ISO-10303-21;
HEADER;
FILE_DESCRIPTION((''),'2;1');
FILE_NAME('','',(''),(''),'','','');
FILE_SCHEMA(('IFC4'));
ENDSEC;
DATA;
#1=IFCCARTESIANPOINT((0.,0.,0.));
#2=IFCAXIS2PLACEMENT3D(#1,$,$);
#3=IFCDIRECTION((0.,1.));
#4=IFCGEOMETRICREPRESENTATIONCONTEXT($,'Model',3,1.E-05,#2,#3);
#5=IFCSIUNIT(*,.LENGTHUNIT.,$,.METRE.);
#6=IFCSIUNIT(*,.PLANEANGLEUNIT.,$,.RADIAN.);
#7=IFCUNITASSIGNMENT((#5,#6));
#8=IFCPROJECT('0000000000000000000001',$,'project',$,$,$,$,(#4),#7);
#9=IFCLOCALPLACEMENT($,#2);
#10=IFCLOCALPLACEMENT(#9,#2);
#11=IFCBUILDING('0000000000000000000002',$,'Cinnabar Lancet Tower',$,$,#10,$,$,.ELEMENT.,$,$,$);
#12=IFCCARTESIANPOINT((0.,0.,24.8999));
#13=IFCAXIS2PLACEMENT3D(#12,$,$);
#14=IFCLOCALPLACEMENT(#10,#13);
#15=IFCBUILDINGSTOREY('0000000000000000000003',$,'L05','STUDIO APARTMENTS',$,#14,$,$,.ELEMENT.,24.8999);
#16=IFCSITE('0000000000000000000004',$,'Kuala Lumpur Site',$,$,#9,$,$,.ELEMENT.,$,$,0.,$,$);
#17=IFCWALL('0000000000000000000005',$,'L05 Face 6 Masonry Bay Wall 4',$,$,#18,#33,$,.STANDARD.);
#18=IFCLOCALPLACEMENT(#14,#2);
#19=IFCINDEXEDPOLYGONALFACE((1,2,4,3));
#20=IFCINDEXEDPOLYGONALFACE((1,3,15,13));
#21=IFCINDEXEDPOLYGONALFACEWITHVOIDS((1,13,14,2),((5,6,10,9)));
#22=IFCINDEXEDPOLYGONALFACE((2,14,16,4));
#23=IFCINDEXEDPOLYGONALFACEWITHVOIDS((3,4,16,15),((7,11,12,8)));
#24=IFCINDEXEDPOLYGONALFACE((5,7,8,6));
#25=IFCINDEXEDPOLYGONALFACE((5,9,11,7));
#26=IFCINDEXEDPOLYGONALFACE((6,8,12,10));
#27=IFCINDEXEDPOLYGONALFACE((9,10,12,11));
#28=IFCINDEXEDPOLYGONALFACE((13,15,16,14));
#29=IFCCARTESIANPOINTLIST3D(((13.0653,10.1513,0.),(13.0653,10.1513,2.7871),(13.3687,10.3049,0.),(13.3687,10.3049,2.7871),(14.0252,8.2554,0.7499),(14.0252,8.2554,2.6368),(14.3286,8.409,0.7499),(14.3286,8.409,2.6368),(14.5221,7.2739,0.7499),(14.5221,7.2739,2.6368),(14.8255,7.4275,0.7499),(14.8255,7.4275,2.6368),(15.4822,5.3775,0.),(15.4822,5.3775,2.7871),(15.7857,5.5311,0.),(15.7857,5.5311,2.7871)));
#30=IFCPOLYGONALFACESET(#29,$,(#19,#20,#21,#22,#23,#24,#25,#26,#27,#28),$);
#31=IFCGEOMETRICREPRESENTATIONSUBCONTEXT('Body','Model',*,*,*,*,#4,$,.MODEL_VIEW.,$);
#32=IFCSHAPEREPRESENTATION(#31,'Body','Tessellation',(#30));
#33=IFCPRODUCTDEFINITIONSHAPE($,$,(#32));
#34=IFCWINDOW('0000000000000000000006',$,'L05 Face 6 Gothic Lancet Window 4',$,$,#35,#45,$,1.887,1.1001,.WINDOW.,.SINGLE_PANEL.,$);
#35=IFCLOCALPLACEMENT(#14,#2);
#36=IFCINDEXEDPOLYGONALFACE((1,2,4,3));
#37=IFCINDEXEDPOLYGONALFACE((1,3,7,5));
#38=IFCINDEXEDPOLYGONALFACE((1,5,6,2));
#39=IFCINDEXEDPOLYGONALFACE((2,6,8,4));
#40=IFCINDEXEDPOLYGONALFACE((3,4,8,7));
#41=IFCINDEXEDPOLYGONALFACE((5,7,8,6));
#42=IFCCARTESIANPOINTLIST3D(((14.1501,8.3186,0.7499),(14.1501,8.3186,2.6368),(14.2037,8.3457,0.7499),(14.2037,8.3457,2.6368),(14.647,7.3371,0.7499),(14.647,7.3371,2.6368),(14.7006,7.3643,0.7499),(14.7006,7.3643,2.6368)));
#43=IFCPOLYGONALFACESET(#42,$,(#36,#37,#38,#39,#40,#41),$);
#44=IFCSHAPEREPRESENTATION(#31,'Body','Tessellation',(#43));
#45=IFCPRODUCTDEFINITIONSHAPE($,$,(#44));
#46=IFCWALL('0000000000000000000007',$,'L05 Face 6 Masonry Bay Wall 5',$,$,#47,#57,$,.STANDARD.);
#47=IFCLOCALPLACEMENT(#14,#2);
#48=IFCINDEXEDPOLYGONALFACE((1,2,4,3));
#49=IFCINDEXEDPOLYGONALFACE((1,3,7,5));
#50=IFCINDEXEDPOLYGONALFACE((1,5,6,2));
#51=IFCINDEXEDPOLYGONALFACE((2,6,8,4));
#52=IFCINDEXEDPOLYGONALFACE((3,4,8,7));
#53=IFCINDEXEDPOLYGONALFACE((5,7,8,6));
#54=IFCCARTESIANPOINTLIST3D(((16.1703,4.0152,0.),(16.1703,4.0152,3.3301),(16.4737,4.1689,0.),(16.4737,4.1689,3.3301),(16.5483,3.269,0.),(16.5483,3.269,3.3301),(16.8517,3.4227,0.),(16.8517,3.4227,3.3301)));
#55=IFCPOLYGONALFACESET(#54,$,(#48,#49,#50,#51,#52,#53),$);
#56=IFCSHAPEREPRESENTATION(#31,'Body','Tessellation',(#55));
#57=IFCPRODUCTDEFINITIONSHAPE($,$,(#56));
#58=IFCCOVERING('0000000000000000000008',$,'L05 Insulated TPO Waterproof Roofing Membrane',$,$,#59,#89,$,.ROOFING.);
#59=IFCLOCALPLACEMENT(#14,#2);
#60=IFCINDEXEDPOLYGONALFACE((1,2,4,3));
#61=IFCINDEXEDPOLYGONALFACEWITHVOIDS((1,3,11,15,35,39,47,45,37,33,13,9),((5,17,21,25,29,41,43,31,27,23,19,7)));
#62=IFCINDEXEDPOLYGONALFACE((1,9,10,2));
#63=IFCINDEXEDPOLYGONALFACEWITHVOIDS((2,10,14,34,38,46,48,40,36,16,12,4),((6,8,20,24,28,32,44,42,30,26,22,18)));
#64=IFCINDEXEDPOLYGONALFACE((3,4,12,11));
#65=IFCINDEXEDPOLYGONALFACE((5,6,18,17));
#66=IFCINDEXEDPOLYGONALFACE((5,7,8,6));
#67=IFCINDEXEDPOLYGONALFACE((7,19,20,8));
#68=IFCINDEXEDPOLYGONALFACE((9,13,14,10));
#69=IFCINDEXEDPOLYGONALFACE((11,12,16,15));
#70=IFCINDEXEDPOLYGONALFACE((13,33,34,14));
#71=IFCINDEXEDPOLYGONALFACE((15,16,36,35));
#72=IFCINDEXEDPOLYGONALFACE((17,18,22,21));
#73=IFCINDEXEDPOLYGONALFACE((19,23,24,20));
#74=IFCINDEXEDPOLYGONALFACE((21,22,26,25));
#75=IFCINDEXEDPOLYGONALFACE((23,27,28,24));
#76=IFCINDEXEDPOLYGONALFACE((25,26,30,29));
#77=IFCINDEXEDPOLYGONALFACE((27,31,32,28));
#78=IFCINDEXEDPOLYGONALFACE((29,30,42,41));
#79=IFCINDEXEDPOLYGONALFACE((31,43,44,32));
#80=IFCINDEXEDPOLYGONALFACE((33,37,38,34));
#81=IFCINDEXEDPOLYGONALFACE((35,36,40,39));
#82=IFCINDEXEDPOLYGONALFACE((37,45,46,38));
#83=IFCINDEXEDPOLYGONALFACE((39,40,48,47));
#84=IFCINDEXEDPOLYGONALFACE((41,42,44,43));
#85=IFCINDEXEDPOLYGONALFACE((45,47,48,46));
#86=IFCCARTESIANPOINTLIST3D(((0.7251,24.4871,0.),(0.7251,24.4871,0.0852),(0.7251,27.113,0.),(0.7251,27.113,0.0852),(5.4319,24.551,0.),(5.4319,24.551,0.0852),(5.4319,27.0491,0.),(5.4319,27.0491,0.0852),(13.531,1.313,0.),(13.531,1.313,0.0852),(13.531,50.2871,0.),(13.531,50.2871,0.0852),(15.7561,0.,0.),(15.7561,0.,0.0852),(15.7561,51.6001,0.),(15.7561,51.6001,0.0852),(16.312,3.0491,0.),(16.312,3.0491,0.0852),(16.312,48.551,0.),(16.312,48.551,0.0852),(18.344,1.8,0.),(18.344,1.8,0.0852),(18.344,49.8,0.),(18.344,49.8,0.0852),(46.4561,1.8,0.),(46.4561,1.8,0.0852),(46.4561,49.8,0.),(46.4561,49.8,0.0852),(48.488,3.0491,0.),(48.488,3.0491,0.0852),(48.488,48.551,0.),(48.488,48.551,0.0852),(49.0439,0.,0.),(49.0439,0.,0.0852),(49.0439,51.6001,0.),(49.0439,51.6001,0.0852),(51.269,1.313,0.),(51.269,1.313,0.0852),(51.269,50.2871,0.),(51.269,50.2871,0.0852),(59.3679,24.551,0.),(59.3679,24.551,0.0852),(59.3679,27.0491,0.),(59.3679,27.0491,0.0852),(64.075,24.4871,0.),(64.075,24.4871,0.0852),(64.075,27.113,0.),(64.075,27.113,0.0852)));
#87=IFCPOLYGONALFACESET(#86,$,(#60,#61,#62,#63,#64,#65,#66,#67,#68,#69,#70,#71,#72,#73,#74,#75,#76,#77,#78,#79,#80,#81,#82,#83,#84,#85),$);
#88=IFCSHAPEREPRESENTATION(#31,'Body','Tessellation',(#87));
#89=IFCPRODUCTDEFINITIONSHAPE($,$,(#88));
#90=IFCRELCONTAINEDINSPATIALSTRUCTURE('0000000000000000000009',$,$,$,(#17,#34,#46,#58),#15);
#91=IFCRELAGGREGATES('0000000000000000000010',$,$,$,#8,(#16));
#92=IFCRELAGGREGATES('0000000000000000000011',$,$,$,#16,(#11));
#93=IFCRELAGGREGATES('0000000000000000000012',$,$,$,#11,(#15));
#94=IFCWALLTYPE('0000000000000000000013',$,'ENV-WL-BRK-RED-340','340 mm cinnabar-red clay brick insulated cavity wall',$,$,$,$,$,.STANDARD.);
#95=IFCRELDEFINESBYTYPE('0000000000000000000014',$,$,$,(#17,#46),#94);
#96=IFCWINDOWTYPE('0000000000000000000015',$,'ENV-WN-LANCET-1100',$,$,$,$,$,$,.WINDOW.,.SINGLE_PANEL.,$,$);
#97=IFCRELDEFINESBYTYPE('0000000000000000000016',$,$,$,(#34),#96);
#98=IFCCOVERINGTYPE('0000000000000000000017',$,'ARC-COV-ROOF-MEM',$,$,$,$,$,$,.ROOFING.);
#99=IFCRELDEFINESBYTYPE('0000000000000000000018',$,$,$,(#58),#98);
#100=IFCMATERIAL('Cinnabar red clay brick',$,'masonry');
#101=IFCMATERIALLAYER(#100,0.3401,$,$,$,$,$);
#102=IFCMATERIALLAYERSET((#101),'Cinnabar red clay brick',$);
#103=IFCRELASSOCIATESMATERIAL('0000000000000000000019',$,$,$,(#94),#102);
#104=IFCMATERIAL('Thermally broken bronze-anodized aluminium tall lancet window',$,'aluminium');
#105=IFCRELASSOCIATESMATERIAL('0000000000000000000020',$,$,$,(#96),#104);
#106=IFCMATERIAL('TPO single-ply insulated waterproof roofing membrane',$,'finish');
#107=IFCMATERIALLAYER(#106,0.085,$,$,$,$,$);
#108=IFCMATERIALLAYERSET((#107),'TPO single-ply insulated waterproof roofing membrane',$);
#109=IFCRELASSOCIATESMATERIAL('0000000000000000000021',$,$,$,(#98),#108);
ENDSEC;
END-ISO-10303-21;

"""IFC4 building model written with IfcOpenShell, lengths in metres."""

from ifc_helpers import new_model, si_unit, direction, frame, frame_2d, origin, place, context, subcontext, project, spatial, polyline, rectangle, outline, extrude, material, layer, layer_set, type_object, element, fill, save


model = new_model("IFC4")

# Units and contexts
model_context = context("Model", 3, precision=1e-05, world=origin(), true_north=direction((0.0, 1.0)))
body_context = subcontext(model_context, "Body", "Model", "MODEL_VIEW")
ifc_project = project(units=[si_unit("LENGTHUNIT", "METRE"), si_unit("PLANEANGLEUNIT", "RADIAN")], contexts=[model_context])

# Site, building, storey
site_placement = place(None, origin())
site = spatial("IfcSite", under=ifc_project, at=site_placement, Name="Kuala Lumpur Site", CompositionType="ELEMENT", RefElevation=0.0)
building_placement = place(site_placement, origin())
building = spatial("IfcBuilding", under=site, at=building_placement, Name="Cinnabar Lancet Tower", CompositionType="ELEMENT")
storey_placement = place(building_placement, frame((0.0, 0.0, 24.8999)))
storey = spatial("IfcBuildingStorey", under=building, at=storey_placement, Name="L05", Description="STUDIO APARTMENTS", CompositionType="ELEMENT", Elevation=24.8999)

# Shared definitions
ifc_material_1 = material(Name="Cinnabar red clay brick", Category="masonry")
ifc_layer_1 = layer(ifc_material_1, 0.3401)
ifc_layer_set_1 = layer_set([ifc_layer_1], Name="Cinnabar red clay brick")
wall_type = type_object("IfcWallType", Name="ENV-WL-BRK-RED-340", Description="340 mm cinnabar-red clay brick insulated cavity wall", PredefinedType="STANDARD", material=ifc_layer_set_1)

# Wall, opening, window
wall_1_placement = place(storey_placement, frame((13.217, 10.228, 0.0), z_axis=(0.0, 0.0, 1.0), x_axis=(0.451698, -0.892171, 0.0)))
wall_1 = element("IfcWall", 1, at=wall_1_placement, inside=storey, type_object=wall_type, Name="L05 Face 6 Masonry Bay Wall 4", PredefinedType="STANDARD", context=body_context, shape_type="SweptSolid", body=[
    extrude(rectangle(XDim=5.3508, YDim=0.3401, at=frame_2d((2.6753, 0.0))), origin(), (0.0, 0.0, 1.0), 2.7871),
])
opening_1_placement = place(wall_1_placement, frame((2.125, 0.0, 0.75)))
opening_1 = element("IfcOpeningElement", 2, at=opening_1_placement, cuts=wall_1, PredefinedType="OPENING", context=body_context, shape_type="SweptSolid", body=[
    extrude(rectangle(XDim=1.1001, YDim=1.887, at=frame_2d((0.55, 0.9434))), frame((0.0, 0.1799, 0.0), z_axis=(0.0, -1.0, 0.0), x_axis=(1.0, 0.0, 0.0)), (0.0, 0.0, 1.0), 0.3601),
])
ifc_material_2 = material(Name="Thermally broken bronze-anodized aluminium tall lancet window", Category="aluminium")
window_type_1 = type_object("IfcWindowType", Name="ENV-WN-LANCET-1100", PartitioningType="SINGLE_PANEL", PredefinedType="WINDOW", material=ifc_material_2)
window_1_placement = place(opening_1_placement, origin())
window_1 = element("IfcWindow", 3, at=window_1_placement, inside=storey, type_object=window_type_1, Name="L05 Face 6 Gothic Lancet Window 4", OverallHeight=1.887, OverallWidth=1.1001, PartitioningType="SINGLE_PANEL", PredefinedType="WINDOW", context=body_context, shape_type="SweptSolid", body=[
    extrude(rectangle(XDim=1.1001, YDim=1.887, at=frame_2d((0.55, 0.9434))), frame((0.0, 0.03, 0.0), z_axis=(0.0, -1.0, 0.0), x_axis=(1.0, 0.0, 0.0)), (0.0, 0.0, 1.0), 0.0601),
])
fill(opening_1, window_1)

# Wall
wall_2_placement = place(storey_placement, frame((16.322, 4.092, 0.0), z_axis=(0.0, 0.0, 1.0), x_axis=(0.451878, -0.89208, 0.0)))
element("IfcWall", 4, at=wall_2_placement, inside=storey, type_object=wall_type, Name="L05 Face 6 Masonry Bay Wall 5", PredefinedType="STANDARD", context=body_context, shape_type="SweptSolid", body=[
    extrude(rectangle(XDim=0.8364, YDim=0.3401, at=frame_2d((0.4182, 0.0))), origin(), (0.0, 0.0, 1.0), 3.3301),
])

# Covering
ifc_material_3 = material(Name="TPO single-ply insulated waterproof roofing membrane", Category="finish")
ifc_layer_2 = layer(ifc_material_3, 0.085)
ifc_layer_set_2 = layer_set([ifc_layer_2], Name="TPO single-ply insulated waterproof roofing membrane")
covering_type = type_object("IfcCoveringType", Name="ARC-COV-ROOF-MEM", PredefinedType="ROOFING", material=ifc_layer_set_2)
covering_placement = place(storey_placement, origin())
element("IfcCovering", 5, at=covering_placement, inside=storey, type_object=covering_type, Name="L05 Insulated TPO Waterproof Roofing Membrane", PredefinedType="ROOFING", context=body_context, shape_type="SweptSolid", body=[
    extrude(outline(polyline([(13.531, 1.313), (15.7561, 0.0), (49.0439, 0.0), (51.269, 1.313), (64.075, 24.4871), (64.075, 27.113), (51.269, 50.2871), (49.0439, 51.6001), (15.7561, 51.6001), (13.531, 50.2871), (0.7251, 27.113), (0.7251, 24.4871), (13.531, 1.313)]), holes=[polyline([(16.312, 3.0491), (18.344, 1.8), (46.4561, 1.8), (48.488, 3.0491), (59.3679, 24.551), (59.3679, 27.0491), (48.488, 48.551), (46.4561, 49.8), (18.344, 49.8), (16.312, 48.551), (5.4319, 27.0491), (5.4319, 24.551), (16.312, 3.0491)])]), origin(), (0.0, 0.0, 1.0), 0.0852),
])

save(model, "model.ifc")
